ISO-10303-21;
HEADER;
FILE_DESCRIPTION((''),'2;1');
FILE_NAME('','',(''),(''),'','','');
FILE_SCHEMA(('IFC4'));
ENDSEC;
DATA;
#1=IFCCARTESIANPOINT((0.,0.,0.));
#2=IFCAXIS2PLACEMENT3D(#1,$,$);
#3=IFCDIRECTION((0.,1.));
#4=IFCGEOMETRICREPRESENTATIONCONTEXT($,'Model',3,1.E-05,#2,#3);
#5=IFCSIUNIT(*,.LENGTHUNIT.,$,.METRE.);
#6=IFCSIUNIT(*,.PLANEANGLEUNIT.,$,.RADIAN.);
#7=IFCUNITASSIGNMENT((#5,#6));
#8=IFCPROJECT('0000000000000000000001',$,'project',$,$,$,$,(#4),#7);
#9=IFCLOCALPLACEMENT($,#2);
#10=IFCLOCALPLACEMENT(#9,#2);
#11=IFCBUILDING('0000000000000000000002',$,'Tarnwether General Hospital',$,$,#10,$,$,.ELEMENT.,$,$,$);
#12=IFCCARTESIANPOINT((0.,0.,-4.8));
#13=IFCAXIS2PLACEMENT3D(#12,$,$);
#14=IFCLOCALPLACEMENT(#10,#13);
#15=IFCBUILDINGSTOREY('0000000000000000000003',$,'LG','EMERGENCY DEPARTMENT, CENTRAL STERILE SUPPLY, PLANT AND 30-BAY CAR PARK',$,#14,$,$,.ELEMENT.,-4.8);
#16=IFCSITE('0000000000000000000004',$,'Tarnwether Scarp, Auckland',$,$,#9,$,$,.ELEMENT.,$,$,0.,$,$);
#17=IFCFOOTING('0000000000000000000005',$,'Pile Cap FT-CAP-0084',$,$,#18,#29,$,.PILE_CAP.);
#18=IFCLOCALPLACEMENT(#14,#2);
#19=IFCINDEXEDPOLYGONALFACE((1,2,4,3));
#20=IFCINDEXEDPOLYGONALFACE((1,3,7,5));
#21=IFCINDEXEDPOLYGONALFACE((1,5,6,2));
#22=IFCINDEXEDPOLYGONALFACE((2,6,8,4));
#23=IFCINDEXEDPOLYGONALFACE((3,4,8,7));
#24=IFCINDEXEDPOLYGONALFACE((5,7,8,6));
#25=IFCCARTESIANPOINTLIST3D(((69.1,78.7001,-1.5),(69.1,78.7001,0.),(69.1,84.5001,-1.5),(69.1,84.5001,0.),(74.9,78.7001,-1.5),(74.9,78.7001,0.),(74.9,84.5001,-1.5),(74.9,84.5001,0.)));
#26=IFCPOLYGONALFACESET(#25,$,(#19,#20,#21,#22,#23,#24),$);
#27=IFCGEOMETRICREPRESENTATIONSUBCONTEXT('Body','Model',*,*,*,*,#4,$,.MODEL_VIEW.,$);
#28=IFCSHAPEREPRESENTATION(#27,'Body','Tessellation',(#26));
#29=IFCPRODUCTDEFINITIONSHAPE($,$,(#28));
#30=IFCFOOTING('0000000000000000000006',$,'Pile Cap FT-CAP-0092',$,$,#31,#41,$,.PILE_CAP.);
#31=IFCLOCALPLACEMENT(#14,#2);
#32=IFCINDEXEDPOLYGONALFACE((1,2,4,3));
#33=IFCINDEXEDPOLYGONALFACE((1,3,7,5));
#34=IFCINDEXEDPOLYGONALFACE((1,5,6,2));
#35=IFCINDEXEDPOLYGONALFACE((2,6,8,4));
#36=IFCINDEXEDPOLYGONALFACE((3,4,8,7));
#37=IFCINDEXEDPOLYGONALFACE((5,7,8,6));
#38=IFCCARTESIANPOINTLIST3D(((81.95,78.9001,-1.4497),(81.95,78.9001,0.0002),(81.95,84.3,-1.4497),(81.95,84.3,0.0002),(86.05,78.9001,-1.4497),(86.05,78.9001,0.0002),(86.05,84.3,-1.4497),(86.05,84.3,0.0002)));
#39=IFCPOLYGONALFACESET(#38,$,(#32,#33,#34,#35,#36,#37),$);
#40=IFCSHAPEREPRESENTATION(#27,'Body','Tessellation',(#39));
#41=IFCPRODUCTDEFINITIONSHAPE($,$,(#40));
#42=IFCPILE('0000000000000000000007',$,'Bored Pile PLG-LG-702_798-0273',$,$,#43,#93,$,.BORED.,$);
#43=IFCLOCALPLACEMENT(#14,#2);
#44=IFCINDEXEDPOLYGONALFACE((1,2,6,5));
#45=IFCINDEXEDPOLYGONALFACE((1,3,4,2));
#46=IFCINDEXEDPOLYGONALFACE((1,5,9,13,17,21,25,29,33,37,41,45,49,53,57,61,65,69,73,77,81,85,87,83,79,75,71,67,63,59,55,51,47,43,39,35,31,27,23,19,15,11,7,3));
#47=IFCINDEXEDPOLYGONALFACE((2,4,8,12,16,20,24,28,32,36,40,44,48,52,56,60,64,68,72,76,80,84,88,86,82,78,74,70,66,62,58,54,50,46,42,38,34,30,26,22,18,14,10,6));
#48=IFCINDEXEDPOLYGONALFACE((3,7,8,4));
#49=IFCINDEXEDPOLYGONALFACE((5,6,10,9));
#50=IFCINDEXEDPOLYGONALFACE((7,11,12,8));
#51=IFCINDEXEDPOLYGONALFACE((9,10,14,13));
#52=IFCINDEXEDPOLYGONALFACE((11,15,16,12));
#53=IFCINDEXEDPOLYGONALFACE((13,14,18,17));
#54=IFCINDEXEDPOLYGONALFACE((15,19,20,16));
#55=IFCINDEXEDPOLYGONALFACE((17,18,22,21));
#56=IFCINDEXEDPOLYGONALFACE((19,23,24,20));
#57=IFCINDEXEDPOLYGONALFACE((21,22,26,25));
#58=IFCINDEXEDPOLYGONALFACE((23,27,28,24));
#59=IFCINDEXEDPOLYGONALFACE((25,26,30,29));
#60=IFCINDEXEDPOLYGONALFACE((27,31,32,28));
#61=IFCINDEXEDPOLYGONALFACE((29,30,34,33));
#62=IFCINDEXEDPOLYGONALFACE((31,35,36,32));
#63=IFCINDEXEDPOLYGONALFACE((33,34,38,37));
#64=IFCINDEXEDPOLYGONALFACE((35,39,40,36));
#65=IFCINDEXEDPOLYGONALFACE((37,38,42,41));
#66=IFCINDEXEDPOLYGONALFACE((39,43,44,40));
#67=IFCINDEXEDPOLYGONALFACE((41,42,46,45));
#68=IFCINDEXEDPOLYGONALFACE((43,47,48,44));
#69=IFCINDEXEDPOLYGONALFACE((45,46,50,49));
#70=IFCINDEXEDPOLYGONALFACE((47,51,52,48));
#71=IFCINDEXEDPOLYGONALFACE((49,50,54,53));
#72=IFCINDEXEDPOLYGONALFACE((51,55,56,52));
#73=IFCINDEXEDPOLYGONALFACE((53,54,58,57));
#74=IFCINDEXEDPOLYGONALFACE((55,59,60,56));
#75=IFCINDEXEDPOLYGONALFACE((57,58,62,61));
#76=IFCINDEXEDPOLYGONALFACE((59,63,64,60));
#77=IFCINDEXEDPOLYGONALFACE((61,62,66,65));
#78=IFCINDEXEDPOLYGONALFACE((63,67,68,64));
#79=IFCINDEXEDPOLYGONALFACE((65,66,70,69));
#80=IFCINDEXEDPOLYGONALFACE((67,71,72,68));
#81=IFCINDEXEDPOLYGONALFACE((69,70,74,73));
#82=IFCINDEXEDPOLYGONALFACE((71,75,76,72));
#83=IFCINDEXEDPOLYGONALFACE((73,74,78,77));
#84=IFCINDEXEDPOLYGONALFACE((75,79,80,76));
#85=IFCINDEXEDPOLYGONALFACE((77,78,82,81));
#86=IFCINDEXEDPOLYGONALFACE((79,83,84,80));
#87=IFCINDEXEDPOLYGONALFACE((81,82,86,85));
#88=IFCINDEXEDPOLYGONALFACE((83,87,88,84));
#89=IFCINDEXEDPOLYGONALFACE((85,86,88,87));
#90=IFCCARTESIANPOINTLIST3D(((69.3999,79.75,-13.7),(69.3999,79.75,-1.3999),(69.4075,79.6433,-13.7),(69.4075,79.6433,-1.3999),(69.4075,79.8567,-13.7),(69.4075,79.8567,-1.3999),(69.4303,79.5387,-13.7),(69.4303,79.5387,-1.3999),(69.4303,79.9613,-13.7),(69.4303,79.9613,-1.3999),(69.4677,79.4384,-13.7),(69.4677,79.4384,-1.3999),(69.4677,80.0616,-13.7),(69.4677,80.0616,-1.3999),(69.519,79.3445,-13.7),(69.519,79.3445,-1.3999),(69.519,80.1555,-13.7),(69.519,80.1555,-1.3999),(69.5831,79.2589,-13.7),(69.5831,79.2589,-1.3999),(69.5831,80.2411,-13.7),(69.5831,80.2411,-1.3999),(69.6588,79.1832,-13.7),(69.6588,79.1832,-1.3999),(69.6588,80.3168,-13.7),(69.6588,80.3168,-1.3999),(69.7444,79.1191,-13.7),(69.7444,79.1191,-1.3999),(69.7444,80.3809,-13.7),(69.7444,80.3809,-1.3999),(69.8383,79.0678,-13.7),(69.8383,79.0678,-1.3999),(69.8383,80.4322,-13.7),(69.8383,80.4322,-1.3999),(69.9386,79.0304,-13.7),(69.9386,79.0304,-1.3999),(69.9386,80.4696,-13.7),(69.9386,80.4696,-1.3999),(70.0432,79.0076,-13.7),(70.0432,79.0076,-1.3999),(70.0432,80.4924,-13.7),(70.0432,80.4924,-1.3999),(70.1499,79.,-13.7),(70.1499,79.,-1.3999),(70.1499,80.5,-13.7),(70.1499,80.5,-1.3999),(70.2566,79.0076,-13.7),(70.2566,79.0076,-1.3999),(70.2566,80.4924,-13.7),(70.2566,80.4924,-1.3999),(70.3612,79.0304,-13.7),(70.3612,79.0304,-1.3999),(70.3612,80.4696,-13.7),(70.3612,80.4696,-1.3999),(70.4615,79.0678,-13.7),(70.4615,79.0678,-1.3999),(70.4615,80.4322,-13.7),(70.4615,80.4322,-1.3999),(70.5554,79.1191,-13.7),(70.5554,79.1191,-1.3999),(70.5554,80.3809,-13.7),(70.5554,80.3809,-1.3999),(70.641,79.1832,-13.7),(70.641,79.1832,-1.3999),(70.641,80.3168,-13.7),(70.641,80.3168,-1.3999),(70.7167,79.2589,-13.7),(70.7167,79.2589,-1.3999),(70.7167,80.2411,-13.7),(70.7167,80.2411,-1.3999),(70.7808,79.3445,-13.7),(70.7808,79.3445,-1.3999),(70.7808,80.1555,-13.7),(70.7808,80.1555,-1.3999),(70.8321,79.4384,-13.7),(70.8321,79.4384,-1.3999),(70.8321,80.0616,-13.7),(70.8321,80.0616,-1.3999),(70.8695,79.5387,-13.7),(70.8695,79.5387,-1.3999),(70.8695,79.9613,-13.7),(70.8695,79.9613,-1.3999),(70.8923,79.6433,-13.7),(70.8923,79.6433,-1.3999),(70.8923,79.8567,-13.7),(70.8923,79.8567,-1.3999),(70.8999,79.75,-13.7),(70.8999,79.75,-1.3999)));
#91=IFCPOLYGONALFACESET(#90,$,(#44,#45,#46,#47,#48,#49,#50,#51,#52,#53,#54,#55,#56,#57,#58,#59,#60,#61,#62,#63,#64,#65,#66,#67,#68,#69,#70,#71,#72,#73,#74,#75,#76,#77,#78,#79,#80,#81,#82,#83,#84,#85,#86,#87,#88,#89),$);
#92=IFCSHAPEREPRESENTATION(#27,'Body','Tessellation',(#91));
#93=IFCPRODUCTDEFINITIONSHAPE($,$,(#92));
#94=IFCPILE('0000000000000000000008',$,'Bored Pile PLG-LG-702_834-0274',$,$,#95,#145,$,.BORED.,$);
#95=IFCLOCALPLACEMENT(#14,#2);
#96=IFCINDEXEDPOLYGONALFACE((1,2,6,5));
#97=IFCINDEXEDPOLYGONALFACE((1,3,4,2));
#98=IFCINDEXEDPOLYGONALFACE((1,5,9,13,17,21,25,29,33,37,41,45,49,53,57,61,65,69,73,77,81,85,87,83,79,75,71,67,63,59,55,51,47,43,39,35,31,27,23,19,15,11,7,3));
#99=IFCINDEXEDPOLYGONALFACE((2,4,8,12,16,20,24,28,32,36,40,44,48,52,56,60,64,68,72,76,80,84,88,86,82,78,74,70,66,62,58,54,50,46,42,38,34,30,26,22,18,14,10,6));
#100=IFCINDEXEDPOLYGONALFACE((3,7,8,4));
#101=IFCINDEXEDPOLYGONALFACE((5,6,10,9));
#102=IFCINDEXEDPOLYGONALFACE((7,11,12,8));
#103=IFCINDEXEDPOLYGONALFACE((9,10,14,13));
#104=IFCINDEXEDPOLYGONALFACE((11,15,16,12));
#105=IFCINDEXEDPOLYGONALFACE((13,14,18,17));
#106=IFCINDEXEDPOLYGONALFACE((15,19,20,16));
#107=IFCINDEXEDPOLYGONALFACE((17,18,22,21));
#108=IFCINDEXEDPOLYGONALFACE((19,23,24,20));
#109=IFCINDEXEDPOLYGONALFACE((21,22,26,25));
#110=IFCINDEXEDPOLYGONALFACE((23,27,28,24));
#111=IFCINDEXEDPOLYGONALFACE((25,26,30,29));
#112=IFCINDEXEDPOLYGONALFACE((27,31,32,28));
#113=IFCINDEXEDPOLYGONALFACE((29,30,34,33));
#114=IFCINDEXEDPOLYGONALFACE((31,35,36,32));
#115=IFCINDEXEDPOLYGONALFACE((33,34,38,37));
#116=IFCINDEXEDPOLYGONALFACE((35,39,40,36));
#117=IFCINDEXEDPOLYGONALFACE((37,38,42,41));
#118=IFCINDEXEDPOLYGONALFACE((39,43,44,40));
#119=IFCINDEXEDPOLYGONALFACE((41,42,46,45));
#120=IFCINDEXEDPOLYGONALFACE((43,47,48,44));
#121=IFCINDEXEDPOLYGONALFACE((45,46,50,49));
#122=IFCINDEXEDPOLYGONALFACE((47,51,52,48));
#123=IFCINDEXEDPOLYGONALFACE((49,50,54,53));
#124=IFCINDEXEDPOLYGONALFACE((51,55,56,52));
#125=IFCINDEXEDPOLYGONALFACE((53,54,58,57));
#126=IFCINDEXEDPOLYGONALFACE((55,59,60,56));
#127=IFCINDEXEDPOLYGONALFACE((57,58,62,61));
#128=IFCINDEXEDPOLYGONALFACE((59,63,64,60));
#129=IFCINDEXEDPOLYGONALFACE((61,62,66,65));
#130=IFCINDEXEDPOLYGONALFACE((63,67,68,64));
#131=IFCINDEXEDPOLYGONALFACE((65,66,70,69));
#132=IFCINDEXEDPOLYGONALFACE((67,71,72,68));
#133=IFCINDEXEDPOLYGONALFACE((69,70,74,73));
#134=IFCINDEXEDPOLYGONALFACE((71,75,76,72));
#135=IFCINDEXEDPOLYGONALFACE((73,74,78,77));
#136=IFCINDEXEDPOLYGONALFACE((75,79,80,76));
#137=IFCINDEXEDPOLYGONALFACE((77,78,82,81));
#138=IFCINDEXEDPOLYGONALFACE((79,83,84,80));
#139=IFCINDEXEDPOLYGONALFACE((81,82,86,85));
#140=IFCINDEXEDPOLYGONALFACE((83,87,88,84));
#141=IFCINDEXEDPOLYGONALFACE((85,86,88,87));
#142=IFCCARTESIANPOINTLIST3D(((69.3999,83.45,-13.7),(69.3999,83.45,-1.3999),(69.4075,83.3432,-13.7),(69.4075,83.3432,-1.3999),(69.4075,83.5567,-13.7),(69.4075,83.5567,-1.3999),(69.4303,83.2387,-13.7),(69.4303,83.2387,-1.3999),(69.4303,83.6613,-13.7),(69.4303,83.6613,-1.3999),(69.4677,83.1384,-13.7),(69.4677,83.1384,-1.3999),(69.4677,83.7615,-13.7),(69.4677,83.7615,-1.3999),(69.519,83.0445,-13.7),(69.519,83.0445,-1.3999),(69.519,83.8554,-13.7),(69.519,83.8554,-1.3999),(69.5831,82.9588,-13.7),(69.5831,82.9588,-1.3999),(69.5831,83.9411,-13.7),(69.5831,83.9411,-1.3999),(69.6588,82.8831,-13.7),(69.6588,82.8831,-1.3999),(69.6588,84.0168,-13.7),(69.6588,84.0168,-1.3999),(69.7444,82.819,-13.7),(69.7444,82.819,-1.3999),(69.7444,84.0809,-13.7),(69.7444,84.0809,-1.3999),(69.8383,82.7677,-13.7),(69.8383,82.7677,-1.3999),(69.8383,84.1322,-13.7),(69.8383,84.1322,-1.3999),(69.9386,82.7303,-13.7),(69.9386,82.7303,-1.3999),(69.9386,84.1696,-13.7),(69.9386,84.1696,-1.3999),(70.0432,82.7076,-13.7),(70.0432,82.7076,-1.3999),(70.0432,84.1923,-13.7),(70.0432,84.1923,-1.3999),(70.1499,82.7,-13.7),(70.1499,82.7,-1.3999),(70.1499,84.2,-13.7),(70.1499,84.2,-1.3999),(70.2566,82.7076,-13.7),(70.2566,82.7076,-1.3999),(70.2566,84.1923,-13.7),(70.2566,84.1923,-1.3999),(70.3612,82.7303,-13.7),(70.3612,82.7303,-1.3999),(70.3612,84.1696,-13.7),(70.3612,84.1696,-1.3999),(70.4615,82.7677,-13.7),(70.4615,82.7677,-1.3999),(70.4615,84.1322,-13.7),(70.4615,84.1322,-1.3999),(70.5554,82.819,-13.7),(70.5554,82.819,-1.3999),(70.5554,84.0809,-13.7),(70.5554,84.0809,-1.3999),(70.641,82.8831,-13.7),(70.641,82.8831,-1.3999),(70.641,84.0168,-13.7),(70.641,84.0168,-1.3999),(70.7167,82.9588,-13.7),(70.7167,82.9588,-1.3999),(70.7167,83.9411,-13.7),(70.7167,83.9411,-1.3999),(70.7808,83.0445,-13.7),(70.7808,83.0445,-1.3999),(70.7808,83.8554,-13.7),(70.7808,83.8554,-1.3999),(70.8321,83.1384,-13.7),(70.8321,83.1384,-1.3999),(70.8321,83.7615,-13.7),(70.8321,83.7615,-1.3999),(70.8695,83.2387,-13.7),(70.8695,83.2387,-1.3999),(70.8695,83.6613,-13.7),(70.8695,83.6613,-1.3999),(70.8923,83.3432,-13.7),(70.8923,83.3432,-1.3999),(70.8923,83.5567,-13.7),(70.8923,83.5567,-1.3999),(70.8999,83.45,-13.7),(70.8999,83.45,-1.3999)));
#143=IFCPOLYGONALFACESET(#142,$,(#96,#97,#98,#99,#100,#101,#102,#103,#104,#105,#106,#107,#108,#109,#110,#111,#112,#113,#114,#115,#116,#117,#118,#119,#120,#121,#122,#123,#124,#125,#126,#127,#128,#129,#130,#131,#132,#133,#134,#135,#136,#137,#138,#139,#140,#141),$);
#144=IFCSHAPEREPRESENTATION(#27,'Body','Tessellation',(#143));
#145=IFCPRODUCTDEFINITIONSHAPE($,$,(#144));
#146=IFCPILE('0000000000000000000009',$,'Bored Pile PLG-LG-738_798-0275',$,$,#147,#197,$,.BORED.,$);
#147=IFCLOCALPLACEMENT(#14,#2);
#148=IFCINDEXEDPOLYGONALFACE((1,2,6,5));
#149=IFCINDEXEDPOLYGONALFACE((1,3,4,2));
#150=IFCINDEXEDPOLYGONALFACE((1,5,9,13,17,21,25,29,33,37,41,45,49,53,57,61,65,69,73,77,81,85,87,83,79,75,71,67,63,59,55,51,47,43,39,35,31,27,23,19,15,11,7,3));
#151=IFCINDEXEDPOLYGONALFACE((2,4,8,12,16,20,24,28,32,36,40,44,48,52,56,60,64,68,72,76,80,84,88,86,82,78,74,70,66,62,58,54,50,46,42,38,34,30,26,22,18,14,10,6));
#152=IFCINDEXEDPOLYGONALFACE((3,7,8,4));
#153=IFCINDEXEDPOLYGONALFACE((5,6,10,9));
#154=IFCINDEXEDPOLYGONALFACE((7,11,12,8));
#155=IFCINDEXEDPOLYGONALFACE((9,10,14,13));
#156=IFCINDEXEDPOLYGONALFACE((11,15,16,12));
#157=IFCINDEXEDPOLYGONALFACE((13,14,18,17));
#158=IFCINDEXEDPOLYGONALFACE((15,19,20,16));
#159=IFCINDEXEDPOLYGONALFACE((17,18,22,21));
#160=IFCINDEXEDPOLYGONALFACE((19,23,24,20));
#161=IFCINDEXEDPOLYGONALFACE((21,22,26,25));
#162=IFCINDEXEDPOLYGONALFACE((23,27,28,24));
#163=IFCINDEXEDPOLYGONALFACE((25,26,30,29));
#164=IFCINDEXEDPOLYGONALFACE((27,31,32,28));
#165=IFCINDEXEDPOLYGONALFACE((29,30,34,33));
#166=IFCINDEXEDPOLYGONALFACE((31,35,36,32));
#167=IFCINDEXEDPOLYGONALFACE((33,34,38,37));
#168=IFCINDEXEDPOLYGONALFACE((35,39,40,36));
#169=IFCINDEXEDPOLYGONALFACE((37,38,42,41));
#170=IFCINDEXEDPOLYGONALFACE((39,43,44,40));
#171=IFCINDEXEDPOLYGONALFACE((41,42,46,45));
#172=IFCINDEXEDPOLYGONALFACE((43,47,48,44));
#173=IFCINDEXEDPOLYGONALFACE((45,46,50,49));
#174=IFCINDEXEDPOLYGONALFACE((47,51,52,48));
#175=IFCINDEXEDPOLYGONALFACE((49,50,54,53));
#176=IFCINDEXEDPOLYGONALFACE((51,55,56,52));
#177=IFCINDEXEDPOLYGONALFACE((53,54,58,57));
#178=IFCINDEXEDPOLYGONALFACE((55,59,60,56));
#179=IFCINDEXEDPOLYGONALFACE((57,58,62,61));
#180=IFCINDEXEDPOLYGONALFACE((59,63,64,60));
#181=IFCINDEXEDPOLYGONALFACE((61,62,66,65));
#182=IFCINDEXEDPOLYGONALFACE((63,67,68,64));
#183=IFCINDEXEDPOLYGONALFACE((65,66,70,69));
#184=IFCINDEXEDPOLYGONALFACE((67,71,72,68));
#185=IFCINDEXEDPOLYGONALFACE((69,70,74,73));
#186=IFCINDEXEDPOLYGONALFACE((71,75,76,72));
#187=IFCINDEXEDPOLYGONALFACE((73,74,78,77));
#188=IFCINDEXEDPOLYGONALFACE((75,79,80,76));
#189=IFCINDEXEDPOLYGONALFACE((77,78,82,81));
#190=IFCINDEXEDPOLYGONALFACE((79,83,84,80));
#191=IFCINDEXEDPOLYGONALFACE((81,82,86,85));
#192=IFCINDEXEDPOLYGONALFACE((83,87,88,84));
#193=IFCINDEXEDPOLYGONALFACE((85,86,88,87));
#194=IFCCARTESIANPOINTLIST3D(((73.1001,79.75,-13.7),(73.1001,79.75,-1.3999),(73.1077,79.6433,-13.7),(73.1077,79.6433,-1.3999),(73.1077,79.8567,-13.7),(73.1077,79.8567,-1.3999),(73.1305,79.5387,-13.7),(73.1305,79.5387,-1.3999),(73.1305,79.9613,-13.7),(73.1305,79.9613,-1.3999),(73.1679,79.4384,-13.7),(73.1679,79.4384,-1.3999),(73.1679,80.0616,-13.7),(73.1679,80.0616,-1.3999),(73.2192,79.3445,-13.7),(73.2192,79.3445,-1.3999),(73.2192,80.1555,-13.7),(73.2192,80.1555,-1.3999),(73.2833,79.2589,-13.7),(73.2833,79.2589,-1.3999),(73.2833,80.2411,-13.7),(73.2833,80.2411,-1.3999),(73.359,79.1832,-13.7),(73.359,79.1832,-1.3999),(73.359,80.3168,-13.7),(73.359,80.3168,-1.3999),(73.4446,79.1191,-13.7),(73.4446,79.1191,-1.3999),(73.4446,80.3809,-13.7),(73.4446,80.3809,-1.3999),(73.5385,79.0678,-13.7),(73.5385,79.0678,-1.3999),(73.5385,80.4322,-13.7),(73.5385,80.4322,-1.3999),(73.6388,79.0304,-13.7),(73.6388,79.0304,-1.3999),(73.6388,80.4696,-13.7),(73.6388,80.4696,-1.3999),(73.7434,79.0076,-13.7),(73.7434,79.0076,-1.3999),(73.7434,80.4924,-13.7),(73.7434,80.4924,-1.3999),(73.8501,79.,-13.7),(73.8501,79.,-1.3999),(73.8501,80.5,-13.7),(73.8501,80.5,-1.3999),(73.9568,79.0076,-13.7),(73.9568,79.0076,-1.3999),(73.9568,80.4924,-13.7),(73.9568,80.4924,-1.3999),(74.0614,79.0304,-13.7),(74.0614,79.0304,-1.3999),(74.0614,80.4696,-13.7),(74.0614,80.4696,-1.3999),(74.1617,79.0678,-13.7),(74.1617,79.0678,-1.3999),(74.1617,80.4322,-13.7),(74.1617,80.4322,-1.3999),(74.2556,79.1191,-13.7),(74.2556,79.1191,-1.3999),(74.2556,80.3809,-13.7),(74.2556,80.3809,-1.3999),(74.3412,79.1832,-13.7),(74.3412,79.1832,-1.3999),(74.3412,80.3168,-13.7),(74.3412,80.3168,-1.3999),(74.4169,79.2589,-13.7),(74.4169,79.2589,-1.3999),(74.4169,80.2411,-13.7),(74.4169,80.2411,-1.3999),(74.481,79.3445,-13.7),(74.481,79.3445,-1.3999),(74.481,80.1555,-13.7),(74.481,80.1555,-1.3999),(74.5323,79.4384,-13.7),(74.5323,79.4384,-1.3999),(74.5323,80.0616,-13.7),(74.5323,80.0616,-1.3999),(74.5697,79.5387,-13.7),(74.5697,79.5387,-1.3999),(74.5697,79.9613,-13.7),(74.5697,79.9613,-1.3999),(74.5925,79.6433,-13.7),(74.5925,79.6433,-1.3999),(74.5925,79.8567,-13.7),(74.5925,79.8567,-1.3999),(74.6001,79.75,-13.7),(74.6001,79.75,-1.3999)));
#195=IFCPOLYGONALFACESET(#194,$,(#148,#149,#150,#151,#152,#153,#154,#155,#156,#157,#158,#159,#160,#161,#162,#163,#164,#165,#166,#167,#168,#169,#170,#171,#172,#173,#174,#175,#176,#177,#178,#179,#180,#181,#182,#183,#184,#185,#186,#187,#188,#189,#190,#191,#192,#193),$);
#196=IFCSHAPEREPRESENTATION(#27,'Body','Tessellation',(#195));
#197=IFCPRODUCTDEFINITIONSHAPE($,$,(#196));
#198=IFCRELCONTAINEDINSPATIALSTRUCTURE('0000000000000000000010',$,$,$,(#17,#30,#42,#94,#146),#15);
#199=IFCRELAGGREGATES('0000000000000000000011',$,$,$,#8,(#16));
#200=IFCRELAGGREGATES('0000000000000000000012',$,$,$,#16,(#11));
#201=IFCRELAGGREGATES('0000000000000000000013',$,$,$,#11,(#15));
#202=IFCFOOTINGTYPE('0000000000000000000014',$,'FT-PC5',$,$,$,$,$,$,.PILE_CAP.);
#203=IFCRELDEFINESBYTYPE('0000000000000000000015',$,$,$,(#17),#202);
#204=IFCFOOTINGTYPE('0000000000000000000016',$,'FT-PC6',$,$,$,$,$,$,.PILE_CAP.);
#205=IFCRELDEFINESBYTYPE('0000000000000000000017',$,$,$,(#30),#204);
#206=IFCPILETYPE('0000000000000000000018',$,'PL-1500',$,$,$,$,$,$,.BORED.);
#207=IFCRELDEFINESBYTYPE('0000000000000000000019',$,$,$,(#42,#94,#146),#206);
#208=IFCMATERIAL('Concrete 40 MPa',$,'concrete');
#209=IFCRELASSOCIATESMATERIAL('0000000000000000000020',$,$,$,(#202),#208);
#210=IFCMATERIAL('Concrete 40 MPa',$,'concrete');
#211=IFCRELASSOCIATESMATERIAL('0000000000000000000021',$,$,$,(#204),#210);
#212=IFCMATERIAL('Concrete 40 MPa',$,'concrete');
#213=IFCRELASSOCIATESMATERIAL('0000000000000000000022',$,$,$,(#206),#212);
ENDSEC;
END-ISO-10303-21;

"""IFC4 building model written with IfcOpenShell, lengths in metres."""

from ifc_helpers import new_model, si_unit, direction, frame, origin, origin_2d, place, context, subcontext, project, spatial, rectangle, circle, extrude, material, material_profile, profile_set, type_object, element, save


model = new_model("IFC4")

# Units and contexts
model_context = context("Model", 3, precision=1e-05, world=origin(), true_north=direction((0.0, 1.0)))
body_context = subcontext(model_context, "Body", "Model", "MODEL_VIEW")
ifc_project = project(units=[si_unit("LENGTHUNIT", "METRE"), si_unit("PLANEANGLEUNIT", "RADIAN")], contexts=[model_context])

# Site, building, storey
site_placement = place(None, origin())
site = spatial("IfcSite", under=ifc_project, at=site_placement, Name="Tarnwether Scarp, Auckland", CompositionType="ELEMENT", RefElevation=0.0)
building_placement = place(site_placement, origin())
building = spatial("IfcBuilding", under=site, at=building_placement, Name="Tarnwether General Hospital", CompositionType="ELEMENT")
storey_placement = place(building_placement, frame((0.0, 0.0, -4.8)))
storey = spatial("IfcBuildingStorey", under=building, at=storey_placement, Name="LG", Description="EMERGENCY DEPARTMENT, CENTRAL STERILE SUPPLY, PLANT AND 30-BAY CAR PARK", CompositionType="ELEMENT", Elevation=-4.8)

# Footings
ifc_material_1 = material(Name="Concrete 40 MPa", Category="concrete")
footing_type_1 = type_object("IfcFootingType", Name="FT-PC5", PredefinedType="PILE_CAP", material=ifc_material_1)
footing_1_placement = place(storey_placement, frame((72.0, 81.6001, -1.5), z_axis=(0.0, 0.0, 1.0), x_axis=(1.0, 0.0, 0.0)))
element("IfcFooting", 1, at=footing_1_placement, inside=storey, type_object=footing_type_1, Name="Pile Cap FT-CAP-0084", PredefinedType="PILE_CAP", context=body_context, shape_type="SweptSolid", body=[
    extrude(rectangle(XDim=5.8, YDim=5.8, at=origin_2d()), origin(), (0.0, 0.0, 1.0), 1.5),
])
ifc_material_2 = material(Name="Concrete 40 MPa", Category="concrete")
footing_type_2 = type_object("IfcFootingType", Name="FT-PC6", PredefinedType="PILE_CAP", material=ifc_material_2)
footing_2_placement = place(storey_placement, frame((84.0, 81.6001, -1.4497), z_axis=(0.0, 0.0, 1.0), x_axis=(0.0, 1.0, 0.0)))
element("IfcFooting", 2, at=footing_2_placement, inside=storey, type_object=footing_type_2, Name="Pile Cap FT-CAP-0092", PredefinedType="PILE_CAP", context=body_context, shape_type="SweptSolid", body=[
    extrude(rectangle(XDim=5.3999, YDim=4.1001, at=origin_2d()), origin(), (0.0, 0.0, 1.0), 1.45),
])

# Piles
ifc_material_3 = material(Name="Concrete 40 MPa", Category="concrete")
ifc_material_profile_1 = material_profile(ifc_material_3, circle(Radius=0.75, at=origin_2d()), Name="PILE-D1500")
ifc_profile_set_1 = profile_set([ifc_material_profile_1], Name="Concrete 40 MPa")
pile_type_1 = type_object("IfcPileType", Name="PL-1500", PredefinedType="BORED", material=ifc_profile_set_1)
for number, where, z_axis, x_axis, name in (
    (3, (70.1499, 79.75, -1.3999), (0.0, 0.0, -1.0), (1.0, 0.0, 0.0), "Bored Pile PLG-LG-702_798-0273"),
    (4, (70.1499, 83.45, -1.3999), (0.0, 0.0, -1.0), (1.0, 0.0, 0.0), "Bored Pile PLG-LG-702_834-0274"),
    (5, (73.8501, 79.75, -1.3999), (0.0, 0.0, -1.0), (1.0, 0.0, 0.0), "Bored Pile PLG-LG-738_798-0275"),
):
    element("IfcPile", number, at=place(storey_placement, frame(where, z_axis=z_axis, x_axis=x_axis)), inside=storey, type_object=pile_type_1, Name=name, PredefinedType="BORED", context=body_context, shape_type="SweptSolid", body=[
        extrude(circle(Radius=0.75, at=origin_2d()), origin(), (0.0, 0.0, 1.0), 12.3),
    ])

save(model, "model.ifc")
